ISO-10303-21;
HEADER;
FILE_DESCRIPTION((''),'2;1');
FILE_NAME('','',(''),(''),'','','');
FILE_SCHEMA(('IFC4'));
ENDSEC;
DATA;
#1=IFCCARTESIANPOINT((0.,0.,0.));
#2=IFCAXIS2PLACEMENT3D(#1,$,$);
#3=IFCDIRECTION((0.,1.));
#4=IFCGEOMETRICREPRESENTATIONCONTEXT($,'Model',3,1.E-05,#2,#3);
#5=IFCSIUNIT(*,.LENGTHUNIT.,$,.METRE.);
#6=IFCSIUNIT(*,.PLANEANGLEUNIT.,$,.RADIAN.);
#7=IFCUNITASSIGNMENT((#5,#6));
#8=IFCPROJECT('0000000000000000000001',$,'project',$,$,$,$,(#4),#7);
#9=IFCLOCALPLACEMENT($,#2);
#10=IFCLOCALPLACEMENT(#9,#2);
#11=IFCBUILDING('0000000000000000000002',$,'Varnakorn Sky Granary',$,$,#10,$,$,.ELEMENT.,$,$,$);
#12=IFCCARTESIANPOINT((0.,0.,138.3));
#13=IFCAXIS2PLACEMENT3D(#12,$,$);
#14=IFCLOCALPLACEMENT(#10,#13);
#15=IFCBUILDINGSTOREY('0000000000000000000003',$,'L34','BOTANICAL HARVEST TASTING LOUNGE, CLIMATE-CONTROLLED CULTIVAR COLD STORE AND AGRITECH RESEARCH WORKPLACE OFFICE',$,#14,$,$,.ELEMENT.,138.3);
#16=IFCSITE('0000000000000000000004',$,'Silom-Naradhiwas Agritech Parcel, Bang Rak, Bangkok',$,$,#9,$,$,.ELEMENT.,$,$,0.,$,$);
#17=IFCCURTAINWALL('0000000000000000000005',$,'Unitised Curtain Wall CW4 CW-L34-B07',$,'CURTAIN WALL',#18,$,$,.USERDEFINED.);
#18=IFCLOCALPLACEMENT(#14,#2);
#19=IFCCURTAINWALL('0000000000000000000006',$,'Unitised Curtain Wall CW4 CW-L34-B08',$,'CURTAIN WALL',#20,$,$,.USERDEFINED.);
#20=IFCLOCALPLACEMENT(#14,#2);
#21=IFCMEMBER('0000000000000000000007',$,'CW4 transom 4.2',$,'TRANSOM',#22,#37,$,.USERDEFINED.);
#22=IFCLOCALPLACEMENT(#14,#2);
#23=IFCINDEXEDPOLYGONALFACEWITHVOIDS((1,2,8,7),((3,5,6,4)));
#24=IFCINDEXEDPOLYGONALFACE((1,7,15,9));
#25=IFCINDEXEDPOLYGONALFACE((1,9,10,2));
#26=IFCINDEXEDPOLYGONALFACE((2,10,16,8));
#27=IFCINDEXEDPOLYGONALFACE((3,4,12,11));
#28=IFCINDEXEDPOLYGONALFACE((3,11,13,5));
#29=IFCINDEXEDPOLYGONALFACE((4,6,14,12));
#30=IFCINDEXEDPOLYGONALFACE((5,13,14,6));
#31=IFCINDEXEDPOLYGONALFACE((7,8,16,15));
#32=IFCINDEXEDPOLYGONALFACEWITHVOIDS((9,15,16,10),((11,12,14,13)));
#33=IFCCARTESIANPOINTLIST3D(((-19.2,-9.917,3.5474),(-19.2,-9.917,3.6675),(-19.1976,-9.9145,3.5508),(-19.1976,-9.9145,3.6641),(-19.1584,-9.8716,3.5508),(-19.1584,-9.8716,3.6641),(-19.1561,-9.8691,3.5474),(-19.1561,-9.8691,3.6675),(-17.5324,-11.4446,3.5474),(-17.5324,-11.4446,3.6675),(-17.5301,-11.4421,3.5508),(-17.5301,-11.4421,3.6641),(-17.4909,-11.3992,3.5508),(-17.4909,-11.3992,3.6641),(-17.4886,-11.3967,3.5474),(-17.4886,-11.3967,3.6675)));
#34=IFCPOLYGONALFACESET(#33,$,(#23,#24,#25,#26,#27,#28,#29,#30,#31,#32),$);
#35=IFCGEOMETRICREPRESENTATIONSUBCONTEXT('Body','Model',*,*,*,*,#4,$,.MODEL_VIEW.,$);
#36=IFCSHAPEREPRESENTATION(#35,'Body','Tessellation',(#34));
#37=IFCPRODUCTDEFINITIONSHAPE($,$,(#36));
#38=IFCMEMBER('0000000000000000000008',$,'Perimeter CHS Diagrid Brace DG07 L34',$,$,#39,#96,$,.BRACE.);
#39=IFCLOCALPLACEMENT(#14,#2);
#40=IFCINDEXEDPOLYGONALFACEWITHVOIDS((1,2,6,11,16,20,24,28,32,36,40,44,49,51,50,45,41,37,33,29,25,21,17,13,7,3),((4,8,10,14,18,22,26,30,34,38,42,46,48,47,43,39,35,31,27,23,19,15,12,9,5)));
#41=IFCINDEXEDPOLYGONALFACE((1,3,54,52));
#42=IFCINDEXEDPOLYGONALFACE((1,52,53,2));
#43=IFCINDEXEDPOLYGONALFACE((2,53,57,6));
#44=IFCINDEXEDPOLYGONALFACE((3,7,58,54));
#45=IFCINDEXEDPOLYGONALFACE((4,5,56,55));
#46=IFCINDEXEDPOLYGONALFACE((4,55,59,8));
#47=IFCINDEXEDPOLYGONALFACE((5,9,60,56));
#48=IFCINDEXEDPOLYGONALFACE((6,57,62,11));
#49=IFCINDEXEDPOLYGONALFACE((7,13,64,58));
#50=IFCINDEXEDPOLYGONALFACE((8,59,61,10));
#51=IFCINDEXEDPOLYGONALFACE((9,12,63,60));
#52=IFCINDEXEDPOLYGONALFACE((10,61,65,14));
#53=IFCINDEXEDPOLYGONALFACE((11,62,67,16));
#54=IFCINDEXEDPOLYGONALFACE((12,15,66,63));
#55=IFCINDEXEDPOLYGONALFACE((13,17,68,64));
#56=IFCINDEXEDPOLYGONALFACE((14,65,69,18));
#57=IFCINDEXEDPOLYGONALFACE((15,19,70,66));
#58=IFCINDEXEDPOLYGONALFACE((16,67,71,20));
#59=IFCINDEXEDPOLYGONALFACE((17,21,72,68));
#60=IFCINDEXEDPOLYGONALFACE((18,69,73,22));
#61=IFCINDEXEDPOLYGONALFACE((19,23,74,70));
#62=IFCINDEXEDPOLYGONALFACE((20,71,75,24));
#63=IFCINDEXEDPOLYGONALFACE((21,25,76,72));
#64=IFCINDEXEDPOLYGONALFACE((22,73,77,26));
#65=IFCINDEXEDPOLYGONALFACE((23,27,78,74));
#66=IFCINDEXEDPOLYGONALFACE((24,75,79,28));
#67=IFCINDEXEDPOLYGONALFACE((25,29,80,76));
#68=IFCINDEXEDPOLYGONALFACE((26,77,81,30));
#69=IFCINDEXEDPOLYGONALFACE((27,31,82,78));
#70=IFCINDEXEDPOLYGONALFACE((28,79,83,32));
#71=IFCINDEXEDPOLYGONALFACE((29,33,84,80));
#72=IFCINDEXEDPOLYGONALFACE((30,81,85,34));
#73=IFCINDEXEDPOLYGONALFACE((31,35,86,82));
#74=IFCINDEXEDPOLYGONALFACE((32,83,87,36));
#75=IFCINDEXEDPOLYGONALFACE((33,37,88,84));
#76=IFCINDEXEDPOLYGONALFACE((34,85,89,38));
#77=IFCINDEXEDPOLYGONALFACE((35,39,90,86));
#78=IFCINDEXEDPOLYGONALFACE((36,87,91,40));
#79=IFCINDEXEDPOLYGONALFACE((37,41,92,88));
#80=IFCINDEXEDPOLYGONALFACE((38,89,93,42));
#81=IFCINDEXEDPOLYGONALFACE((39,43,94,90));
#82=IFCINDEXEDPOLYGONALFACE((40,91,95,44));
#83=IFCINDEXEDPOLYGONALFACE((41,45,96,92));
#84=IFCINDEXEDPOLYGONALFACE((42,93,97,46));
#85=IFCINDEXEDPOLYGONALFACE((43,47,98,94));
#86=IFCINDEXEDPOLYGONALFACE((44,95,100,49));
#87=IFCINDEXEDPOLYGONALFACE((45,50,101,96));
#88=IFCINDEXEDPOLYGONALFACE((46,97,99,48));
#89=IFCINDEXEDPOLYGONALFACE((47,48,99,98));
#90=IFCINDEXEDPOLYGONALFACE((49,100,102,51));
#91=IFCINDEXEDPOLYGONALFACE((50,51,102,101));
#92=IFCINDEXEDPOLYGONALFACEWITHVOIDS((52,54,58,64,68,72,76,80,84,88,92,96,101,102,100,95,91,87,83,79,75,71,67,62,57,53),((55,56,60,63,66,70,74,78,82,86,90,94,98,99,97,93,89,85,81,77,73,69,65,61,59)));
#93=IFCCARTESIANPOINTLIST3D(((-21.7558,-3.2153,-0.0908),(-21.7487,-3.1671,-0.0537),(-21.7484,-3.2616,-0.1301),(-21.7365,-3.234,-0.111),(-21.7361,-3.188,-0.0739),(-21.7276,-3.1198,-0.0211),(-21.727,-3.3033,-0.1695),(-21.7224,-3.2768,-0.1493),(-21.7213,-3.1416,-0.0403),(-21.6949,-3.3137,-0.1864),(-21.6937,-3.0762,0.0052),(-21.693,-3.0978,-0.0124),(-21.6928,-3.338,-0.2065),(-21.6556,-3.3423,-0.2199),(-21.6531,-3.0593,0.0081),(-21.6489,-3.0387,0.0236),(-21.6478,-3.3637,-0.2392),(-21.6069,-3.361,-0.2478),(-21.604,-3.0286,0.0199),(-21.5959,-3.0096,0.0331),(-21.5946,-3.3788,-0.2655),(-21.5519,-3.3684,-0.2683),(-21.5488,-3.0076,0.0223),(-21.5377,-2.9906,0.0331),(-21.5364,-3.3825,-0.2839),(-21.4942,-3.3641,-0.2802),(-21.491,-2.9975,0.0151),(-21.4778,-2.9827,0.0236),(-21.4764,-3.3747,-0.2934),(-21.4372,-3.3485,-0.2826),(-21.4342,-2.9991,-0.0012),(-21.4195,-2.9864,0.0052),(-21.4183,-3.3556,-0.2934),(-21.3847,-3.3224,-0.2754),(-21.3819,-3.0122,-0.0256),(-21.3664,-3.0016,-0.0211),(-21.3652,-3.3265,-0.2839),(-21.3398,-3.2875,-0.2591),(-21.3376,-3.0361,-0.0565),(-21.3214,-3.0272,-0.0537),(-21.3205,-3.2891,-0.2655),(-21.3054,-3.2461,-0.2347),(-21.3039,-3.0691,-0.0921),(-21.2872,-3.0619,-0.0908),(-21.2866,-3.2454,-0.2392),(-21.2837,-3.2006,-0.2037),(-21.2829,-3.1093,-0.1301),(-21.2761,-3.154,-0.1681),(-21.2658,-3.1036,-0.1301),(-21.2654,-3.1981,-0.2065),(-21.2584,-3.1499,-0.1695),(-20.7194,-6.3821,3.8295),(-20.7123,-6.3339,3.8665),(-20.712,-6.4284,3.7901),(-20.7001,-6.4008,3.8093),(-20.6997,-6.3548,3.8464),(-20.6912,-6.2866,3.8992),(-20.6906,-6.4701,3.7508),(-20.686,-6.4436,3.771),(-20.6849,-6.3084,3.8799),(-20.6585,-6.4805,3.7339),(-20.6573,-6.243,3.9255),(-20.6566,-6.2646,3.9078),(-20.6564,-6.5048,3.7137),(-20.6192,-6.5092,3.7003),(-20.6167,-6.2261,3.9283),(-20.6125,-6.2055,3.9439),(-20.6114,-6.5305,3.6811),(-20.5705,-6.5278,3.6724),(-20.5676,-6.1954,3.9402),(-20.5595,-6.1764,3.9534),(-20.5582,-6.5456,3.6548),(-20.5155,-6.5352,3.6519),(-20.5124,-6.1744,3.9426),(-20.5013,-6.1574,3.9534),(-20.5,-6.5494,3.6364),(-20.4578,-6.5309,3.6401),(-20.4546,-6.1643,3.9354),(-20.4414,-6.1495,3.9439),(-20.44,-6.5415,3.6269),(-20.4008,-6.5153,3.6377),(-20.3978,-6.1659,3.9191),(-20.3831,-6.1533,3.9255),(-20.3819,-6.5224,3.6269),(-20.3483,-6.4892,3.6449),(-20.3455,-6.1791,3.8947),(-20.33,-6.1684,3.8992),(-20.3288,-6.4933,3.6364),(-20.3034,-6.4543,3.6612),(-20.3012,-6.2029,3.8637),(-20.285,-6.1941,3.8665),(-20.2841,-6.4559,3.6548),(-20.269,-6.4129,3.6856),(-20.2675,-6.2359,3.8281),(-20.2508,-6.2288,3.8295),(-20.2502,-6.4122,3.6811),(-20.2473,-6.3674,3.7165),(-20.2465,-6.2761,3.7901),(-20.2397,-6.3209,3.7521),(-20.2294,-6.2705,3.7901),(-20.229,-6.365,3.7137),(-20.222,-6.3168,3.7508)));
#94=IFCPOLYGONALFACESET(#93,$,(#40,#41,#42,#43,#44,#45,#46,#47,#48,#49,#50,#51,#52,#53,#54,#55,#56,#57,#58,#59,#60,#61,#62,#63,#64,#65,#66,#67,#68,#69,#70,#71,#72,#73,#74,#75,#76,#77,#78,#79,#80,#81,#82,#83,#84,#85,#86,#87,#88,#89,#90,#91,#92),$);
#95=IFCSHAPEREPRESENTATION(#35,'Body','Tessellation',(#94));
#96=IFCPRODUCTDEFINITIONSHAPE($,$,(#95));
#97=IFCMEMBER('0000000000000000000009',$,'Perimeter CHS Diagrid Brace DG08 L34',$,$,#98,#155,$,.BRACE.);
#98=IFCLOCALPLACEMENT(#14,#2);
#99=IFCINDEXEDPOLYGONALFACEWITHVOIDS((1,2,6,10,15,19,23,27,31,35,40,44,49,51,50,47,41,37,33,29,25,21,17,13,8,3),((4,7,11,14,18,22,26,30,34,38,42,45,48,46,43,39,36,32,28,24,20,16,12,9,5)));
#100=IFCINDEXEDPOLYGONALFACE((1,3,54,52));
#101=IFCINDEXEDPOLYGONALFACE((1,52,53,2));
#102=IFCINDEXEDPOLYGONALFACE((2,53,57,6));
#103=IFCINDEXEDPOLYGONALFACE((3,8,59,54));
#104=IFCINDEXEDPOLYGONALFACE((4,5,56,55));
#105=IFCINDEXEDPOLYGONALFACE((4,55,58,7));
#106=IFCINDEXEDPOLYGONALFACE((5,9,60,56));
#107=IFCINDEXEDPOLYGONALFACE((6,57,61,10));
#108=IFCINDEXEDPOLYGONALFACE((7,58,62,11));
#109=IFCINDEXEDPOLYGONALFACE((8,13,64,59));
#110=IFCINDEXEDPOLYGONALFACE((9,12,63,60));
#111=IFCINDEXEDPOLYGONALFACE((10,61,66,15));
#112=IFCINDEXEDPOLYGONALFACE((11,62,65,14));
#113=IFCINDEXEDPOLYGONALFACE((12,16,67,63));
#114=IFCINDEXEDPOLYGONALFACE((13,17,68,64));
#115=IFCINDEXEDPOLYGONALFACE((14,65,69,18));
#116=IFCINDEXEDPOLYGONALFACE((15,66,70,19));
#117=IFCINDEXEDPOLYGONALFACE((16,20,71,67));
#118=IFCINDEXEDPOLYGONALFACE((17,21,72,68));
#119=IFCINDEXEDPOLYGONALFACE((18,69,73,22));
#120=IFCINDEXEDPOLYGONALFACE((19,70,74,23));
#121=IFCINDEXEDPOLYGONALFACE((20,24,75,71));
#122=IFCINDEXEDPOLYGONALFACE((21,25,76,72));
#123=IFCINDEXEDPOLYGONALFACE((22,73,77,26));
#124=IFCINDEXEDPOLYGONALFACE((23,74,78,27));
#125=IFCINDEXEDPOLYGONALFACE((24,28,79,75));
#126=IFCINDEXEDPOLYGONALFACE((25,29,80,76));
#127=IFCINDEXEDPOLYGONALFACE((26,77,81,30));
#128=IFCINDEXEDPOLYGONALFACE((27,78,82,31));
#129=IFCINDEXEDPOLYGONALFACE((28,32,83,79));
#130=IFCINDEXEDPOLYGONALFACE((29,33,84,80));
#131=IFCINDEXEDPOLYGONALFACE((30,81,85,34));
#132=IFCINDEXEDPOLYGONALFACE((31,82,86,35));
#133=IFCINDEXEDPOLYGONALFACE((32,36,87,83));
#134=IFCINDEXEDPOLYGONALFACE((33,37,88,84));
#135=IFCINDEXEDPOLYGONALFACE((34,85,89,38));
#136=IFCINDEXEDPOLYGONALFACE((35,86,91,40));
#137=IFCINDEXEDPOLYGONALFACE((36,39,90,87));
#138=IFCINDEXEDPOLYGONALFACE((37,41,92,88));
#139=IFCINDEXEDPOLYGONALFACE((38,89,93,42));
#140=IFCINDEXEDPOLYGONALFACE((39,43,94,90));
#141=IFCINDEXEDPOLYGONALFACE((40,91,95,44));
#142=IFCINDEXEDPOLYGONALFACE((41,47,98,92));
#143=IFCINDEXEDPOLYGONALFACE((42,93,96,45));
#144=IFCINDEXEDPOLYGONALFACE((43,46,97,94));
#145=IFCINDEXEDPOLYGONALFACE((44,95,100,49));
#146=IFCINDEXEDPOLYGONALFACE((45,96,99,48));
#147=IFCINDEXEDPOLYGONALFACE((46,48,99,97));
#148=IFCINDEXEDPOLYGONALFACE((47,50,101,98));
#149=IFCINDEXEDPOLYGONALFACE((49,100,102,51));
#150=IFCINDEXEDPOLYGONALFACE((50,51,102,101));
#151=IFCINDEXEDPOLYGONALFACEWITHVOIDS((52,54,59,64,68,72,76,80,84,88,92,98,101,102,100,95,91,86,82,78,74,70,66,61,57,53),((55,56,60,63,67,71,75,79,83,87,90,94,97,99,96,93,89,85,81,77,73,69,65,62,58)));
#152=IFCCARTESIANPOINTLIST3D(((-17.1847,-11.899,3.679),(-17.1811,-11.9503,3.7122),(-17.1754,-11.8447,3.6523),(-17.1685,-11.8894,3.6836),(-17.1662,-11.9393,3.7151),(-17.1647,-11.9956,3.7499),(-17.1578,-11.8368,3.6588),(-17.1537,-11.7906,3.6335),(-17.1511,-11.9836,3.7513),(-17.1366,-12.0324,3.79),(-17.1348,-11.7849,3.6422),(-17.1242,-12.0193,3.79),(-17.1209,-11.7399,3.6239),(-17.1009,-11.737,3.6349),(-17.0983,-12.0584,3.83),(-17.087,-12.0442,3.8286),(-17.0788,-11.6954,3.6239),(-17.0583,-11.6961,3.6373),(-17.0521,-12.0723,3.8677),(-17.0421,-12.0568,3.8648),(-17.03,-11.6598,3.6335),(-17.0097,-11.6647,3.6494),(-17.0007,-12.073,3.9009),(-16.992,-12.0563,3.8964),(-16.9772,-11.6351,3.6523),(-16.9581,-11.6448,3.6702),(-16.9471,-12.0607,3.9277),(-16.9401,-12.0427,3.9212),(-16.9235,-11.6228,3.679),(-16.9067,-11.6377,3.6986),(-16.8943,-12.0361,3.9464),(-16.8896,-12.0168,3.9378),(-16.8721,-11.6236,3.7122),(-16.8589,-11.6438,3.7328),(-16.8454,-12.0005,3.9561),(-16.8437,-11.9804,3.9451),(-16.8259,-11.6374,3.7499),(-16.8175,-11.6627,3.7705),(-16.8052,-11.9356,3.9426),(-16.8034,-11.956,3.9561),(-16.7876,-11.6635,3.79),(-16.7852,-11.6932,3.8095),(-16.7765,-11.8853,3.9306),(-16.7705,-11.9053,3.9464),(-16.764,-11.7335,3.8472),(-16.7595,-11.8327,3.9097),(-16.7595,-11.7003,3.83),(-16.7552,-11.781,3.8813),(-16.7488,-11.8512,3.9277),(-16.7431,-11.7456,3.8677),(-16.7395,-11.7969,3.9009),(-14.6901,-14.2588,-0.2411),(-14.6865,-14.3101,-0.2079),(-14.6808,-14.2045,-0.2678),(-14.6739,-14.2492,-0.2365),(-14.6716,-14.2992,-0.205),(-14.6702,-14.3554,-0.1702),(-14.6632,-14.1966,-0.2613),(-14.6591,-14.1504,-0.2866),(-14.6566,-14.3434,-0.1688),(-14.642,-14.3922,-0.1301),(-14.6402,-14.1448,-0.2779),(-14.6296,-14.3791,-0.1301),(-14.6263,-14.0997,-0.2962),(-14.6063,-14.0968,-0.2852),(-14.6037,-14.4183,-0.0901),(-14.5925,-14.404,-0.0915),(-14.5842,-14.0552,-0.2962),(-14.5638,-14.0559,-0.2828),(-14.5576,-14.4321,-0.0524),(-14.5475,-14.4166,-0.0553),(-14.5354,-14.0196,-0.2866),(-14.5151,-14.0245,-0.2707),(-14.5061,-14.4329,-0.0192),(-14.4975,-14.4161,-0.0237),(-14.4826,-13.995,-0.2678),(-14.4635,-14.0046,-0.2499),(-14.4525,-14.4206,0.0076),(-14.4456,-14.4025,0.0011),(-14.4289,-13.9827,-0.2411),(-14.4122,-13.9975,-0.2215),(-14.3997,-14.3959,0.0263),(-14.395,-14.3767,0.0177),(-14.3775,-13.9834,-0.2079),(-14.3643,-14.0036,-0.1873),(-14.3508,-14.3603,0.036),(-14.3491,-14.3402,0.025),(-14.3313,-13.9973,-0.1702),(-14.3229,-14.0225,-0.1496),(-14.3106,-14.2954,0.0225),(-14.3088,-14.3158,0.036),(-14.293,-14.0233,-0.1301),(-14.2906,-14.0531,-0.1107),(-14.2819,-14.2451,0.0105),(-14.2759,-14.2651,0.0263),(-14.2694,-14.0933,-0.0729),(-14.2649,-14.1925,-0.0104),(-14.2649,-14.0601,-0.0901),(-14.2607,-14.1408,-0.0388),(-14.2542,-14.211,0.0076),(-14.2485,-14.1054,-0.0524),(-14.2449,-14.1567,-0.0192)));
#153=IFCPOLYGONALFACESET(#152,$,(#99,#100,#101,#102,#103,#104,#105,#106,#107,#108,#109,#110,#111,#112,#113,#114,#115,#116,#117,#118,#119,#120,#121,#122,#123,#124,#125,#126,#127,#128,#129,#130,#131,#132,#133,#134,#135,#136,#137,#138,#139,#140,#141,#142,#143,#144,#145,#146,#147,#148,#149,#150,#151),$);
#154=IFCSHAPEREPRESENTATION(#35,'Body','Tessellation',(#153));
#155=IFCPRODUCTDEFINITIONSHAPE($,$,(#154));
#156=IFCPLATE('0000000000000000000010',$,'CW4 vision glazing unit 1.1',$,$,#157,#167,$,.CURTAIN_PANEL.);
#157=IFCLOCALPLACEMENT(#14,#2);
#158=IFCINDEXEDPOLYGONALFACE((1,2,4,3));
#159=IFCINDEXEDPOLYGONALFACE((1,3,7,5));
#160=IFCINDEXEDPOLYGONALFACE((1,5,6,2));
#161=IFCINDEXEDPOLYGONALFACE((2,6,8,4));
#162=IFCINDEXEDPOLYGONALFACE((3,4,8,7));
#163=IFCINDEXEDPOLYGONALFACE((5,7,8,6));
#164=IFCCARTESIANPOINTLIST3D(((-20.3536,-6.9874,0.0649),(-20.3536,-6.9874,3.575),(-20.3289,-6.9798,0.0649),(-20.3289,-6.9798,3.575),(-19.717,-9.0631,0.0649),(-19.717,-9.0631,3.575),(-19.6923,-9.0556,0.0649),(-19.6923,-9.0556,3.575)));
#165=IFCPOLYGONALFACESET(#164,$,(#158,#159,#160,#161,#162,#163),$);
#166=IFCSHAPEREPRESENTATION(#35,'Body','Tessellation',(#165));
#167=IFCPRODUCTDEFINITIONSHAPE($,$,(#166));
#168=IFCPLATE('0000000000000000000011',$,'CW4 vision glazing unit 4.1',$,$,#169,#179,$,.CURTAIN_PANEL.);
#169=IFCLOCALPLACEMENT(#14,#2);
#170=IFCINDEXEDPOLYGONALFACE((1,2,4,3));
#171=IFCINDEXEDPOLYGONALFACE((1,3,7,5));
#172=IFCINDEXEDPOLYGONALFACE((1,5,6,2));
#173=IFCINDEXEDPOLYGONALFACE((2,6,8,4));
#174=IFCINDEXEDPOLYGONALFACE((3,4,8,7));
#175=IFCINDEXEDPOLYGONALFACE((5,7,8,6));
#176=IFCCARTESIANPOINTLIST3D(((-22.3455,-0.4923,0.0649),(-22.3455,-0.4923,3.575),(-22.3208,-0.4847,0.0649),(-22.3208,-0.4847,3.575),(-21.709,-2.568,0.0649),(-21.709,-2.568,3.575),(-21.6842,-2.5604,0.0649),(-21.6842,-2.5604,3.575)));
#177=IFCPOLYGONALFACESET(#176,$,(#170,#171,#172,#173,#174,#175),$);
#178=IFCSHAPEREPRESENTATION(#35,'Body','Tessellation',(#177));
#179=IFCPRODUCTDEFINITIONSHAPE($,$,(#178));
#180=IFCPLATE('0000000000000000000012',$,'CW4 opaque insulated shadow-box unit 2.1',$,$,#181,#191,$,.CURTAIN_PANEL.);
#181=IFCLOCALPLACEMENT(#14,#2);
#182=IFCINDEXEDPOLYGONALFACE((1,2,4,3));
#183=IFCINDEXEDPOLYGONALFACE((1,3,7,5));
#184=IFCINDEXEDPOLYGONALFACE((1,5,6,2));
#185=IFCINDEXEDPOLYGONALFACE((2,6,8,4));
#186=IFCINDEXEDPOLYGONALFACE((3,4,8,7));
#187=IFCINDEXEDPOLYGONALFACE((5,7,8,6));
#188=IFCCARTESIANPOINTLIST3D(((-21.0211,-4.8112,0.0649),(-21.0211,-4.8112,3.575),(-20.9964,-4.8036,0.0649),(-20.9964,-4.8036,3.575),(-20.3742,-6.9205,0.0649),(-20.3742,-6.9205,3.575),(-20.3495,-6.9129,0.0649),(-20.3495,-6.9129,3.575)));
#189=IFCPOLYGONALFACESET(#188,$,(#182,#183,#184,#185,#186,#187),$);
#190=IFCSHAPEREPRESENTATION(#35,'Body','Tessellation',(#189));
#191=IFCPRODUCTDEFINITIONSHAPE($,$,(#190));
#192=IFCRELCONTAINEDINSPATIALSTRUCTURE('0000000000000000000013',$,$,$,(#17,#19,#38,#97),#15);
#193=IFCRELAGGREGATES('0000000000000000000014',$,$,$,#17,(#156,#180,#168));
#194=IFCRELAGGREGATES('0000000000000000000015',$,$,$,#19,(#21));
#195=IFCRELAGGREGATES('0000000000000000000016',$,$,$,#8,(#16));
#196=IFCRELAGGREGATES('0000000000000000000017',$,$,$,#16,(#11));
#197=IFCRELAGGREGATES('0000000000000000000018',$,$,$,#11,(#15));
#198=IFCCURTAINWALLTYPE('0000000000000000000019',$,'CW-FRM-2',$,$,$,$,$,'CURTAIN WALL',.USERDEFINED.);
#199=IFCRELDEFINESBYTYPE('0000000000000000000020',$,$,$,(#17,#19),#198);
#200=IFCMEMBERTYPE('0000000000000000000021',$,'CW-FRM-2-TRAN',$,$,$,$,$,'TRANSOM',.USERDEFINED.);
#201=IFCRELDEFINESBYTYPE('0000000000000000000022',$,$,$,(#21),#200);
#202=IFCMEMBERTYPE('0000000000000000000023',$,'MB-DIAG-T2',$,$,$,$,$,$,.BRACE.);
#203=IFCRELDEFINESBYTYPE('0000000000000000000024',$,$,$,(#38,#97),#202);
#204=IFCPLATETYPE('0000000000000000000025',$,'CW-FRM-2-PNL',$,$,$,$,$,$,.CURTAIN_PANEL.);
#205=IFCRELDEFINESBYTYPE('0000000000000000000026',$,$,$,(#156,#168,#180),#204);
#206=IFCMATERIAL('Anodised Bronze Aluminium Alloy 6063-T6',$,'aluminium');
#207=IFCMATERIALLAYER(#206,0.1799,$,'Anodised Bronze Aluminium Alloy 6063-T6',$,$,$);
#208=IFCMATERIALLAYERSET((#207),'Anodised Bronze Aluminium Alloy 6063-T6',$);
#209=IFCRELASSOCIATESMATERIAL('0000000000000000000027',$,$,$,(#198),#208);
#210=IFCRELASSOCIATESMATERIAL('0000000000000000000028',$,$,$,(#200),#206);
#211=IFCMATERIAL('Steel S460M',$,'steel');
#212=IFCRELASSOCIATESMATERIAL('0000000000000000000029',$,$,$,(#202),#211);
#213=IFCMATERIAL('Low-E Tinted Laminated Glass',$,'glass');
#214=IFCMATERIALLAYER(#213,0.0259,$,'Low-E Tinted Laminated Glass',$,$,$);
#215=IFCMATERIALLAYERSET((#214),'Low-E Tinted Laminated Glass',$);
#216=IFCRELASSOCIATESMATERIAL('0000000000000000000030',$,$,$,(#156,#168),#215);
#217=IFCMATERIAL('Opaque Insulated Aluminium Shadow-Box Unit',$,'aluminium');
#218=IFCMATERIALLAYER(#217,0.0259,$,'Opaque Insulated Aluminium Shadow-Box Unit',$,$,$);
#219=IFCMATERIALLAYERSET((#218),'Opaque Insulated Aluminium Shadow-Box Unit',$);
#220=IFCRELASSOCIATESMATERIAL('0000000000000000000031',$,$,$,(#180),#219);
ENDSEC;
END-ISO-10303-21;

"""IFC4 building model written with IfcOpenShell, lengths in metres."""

from ifc_helpers import new_model, si_unit, direction, frame, origin, origin_2d, place, context, subcontext, project, spatial, rectangle, hollow_rectangle, hollow_circle, extrude, source, transform, mapped, material, layer, layer_set, material_profile, profile_set, type_object, element, aggregate, save


model = new_model("IFC4")

# Units and contexts
model_context = context("Model", 3, precision=1e-05, world=origin(), true_north=direction((0.0, 1.0)))
body_context = subcontext(model_context, "Body", "Model", "MODEL_VIEW")
ifc_project = project(units=[si_unit("LENGTHUNIT", "METRE"), si_unit("PLANEANGLEUNIT", "RADIAN")], contexts=[model_context])

# Site, building, storey
site_placement = place(None, origin())
site = spatial("IfcSite", under=ifc_project, at=site_placement, Name="Silom-Naradhiwas Agritech Parcel, Bang Rak, Bangkok", CompositionType="ELEMENT", RefElevation=0.0)
building_placement = place(site_placement, origin())
building = spatial("IfcBuilding", under=site, at=building_placement, Name="Varnakorn Sky Granary", CompositionType="ELEMENT")
storey_placement = place(building_placement, frame((0.0, 0.0, 138.3)))
storey = spatial("IfcBuildingStorey", under=building, at=storey_placement, Name="L34", Description="BOTANICAL HARVEST TASTING LOUNGE, CLIMATE-CONTROLLED CULTIVAR COLD STORE AND AGRITECH RESEARCH WORKPLACE OFFICE", CompositionType="ELEMENT", Elevation=138.3)

# Shared definitions
ifc_material_1 = material(Name="Steel S460M", Category="steel")

# Curtain walls
ifc_material_2 = material(Name="Anodised Bronze Aluminium Alloy 6063-T6", Category="aluminium")
ifc_layer_1 = layer(ifc_material_2, 0.1799, Name="Anodised Bronze Aluminium Alloy 6063-T6")
ifc_layer_set_1 = layer_set([ifc_layer_1], Name="Anodised Bronze Aluminium Alloy 6063-T6")
curtain_wall_type = type_object("IfcCurtainWallType", Name="CW-FRM-2", ElementType="CURTAIN WALL", PredefinedType="USERDEFINED", material=ifc_layer_set_1)
curtain_wall_1_placement = place(storey_placement, origin())
curtain_wall_1 = element("IfcCurtainWall", 1, at=curtain_wall_1_placement, inside=storey, type_object=curtain_wall_type, Name="Unitised Curtain Wall CW4 CW-L34-B07", ObjectType="CURTAIN WALL", PredefinedType="USERDEFINED")
curtain_wall_2_placement = place(storey_placement, origin())
curtain_wall_2 = element("IfcCurtainWall", 2, at=curtain_wall_2_placement, inside=storey, type_object=curtain_wall_type, Name="Unitised Curtain Wall CW4 CW-L34-B08", ObjectType="CURTAIN WALL", PredefinedType="USERDEFINED")

# Member
ifc_material_profile_1 = material_profile(ifc_material_2, hollow_rectangle(XDim=0.0649, YDim=0.1201, WallThickness=0.0034, at=origin_2d()), Name="ALU TRAN 65x120")
ifc_profile_set_1 = profile_set([ifc_material_profile_1], Name="Anodised Bronze Aluminium Alloy 6063-T6")
member_type_1 = type_object("IfcMemberType", Name="CW-FRM-2-TRAN", ElementType="TRANSOM", PredefinedType="USERDEFINED", material=ifc_profile_set_1)
member_1_placement = place(storey_placement, frame((-17.5105, -11.4207, 3.6074), z_axis=(-0.73736, 0.6755, 0.0), x_axis=(-0.6755, -0.73736, 0.0)))
member_1 = element("IfcMember", 3, at=member_1_placement, type_object=member_type_1, Name="CW4 transom 4.2", ObjectType="TRANSOM", PredefinedType="USERDEFINED", context=body_context, shape_type="SweptSolid", body=[
    extrude(hollow_rectangle(XDim=0.0649, YDim=0.1201, WallThickness=0.0034, at=origin_2d()), origin(), (0.0, 0.0, 1.0), 2.2615),
])

# Members
ifc_material_profile_2 = material_profile(ifc_material_1, hollow_circle(Radius=0.2539, WallThickness=0.0181, at=origin_2d()), Name="CHS 508x18")
ifc_profile_set_2 = profile_set([ifc_material_profile_2], Name="Steel S460M")
member_type_2 = type_object("IfcMemberType", Name="MB-DIAG-T2", PredefinedType="BRACE", material=ifc_profile_set_2)
member_2_placement = place(storey_placement, frame((-21.5071, -3.1826, -0.1301), z_axis=(0.201437, -0.615511, 0.761951), x_axis=(0.950398, 0.311035, 0.0)))
element("IfcMember", 4, at=member_2_placement, inside=storey, type_object=member_type_2, Name="Perimeter CHS Diagrid Brace DG07 L34", PredefinedType="BRACE", context=body_context, shape_type="SweptSolid", body=[
    extrude(hollow_circle(Radius=0.2539, WallThickness=0.0181, at=origin_2d()), origin(), (0.0, 0.0, 1.0), 5.145),
])
member_3_placement = place(storey_placement, frame((-14.4675, -14.2078, -0.1301), z_axis=(-0.478677, 0.452818, 0.752213), x_axis=(-0.687212, -0.726457, 0.0)))
element("IfcMember", 5, at=member_3_placement, inside=storey, type_object=member_type_2, Name="Perimeter CHS Diagrid Brace DG08 L34", PredefinedType="BRACE", context=body_context, shape_type="SweptSolid", body=[
    extrude(hollow_circle(Radius=0.2539, WallThickness=0.0181, at=origin_2d()), origin(), (0.0, 0.0, 1.0), 5.2114),
])

# Plates
ifc_material_3 = material(Name="Low-E Tinted Laminated Glass", Category="glass")
ifc_layer_2 = layer(ifc_material_3, 0.0259, Name="Low-E Tinted Laminated Glass")
ifc_layer_set_2 = layer_set([ifc_layer_2], Name="Low-E Tinted Laminated Glass")
plate_type = type_object("IfcPlateType", Name="CW-FRM-2-PNL", PredefinedType="CURTAIN_PANEL")
shared_shape_1 = source(origin(), body_context, "Body", "SweptSolid", [
    extrude(rectangle(XDim=2.1711, YDim=0.0259, at=origin_2d()), origin(), (0.0, 0.0, 1.0), 3.51),
])
plate_1_placement = place(storey_placement, frame((-20.0229, -8.0215, 0.0649), z_axis=(0.0, 0.0, 1.0), x_axis=(-0.293193, 0.956053, 0.0)))
plate_1 = element("IfcPlate", 6, at=plate_1_placement, type_object=plate_type, material=ifc_layer_set_2, Name="CW4 vision glazing unit 1.1", PredefinedType="CURTAIN_PANEL", context=body_context, shape_type="MappedRepresentation", body=[
    mapped(shared_shape_1, transform((0.0, 0.0, 0.0), x_axis=(1.0, 0.0, 0.0), y_axis=(0.0, 1.0, 0.0), z_axis=(0.0, 0.0, 1.0), scale=1.0)),
])
plate_2_placement = place(storey_placement, frame((-22.0149, -1.5264, 0.0649), z_axis=(0.0, 0.0, 1.0), x_axis=(-0.293193, 0.956053, 0.0)))
plate_2 = element("IfcPlate", 7, at=plate_2_placement, type_object=plate_type, material=ifc_layer_set_2, Name="CW4 vision glazing unit 4.1", PredefinedType="CURTAIN_PANEL", context=body_context, shape_type="MappedRepresentation", body=[
    mapped(shared_shape_1, transform((0.0, 0.0, 0.0), x_axis=(1.0, 0.0, 0.0), y_axis=(0.0, 1.0, 0.0), z_axis=(0.0, 0.0, 1.0), scale=1.0)),
])
ifc_material_4 = material(Name="Opaque Insulated Aluminium Shadow-Box Unit", Category="aluminium")
ifc_layer_3 = layer(ifc_material_4, 0.0259, Name="Opaque Insulated Aluminium Shadow-Box Unit")
ifc_layer_set_3 = layer_set([ifc_layer_3], Name="Opaque Insulated Aluminium Shadow-Box Unit")
shared_shape_2 = source(origin(), body_context, "Body", "SweptSolid", [
    extrude(rectangle(XDim=2.2063, YDim=0.0259, at=origin_2d()), origin(), (0.0, 0.0, 1.0), 3.51),
])
plate_3_placement = place(storey_placement, frame((-20.6853, -5.8621, 0.0649), z_axis=(0.0, 0.0, 1.0), x_axis=(-0.293193, 0.956053, 0.0)))
plate_3 = element("IfcPlate", 8, at=plate_3_placement, type_object=plate_type, material=ifc_layer_set_3, Name="CW4 opaque insulated shadow-box unit 2.1", PredefinedType="CURTAIN_PANEL", context=body_context, shape_type="MappedRepresentation", body=[
    mapped(shared_shape_2, transform((0.0, 0.0, 0.0), x_axis=(1.0, 0.0, 0.0), y_axis=(0.0, 1.0, 0.0), z_axis=(0.0, 0.0, 1.0), scale=1.0)),
])
aggregate(curtain_wall_1, [plate_1, plate_3, plate_2])
aggregate(curtain_wall_2, [member_1])

save(model, "model.ifc")
